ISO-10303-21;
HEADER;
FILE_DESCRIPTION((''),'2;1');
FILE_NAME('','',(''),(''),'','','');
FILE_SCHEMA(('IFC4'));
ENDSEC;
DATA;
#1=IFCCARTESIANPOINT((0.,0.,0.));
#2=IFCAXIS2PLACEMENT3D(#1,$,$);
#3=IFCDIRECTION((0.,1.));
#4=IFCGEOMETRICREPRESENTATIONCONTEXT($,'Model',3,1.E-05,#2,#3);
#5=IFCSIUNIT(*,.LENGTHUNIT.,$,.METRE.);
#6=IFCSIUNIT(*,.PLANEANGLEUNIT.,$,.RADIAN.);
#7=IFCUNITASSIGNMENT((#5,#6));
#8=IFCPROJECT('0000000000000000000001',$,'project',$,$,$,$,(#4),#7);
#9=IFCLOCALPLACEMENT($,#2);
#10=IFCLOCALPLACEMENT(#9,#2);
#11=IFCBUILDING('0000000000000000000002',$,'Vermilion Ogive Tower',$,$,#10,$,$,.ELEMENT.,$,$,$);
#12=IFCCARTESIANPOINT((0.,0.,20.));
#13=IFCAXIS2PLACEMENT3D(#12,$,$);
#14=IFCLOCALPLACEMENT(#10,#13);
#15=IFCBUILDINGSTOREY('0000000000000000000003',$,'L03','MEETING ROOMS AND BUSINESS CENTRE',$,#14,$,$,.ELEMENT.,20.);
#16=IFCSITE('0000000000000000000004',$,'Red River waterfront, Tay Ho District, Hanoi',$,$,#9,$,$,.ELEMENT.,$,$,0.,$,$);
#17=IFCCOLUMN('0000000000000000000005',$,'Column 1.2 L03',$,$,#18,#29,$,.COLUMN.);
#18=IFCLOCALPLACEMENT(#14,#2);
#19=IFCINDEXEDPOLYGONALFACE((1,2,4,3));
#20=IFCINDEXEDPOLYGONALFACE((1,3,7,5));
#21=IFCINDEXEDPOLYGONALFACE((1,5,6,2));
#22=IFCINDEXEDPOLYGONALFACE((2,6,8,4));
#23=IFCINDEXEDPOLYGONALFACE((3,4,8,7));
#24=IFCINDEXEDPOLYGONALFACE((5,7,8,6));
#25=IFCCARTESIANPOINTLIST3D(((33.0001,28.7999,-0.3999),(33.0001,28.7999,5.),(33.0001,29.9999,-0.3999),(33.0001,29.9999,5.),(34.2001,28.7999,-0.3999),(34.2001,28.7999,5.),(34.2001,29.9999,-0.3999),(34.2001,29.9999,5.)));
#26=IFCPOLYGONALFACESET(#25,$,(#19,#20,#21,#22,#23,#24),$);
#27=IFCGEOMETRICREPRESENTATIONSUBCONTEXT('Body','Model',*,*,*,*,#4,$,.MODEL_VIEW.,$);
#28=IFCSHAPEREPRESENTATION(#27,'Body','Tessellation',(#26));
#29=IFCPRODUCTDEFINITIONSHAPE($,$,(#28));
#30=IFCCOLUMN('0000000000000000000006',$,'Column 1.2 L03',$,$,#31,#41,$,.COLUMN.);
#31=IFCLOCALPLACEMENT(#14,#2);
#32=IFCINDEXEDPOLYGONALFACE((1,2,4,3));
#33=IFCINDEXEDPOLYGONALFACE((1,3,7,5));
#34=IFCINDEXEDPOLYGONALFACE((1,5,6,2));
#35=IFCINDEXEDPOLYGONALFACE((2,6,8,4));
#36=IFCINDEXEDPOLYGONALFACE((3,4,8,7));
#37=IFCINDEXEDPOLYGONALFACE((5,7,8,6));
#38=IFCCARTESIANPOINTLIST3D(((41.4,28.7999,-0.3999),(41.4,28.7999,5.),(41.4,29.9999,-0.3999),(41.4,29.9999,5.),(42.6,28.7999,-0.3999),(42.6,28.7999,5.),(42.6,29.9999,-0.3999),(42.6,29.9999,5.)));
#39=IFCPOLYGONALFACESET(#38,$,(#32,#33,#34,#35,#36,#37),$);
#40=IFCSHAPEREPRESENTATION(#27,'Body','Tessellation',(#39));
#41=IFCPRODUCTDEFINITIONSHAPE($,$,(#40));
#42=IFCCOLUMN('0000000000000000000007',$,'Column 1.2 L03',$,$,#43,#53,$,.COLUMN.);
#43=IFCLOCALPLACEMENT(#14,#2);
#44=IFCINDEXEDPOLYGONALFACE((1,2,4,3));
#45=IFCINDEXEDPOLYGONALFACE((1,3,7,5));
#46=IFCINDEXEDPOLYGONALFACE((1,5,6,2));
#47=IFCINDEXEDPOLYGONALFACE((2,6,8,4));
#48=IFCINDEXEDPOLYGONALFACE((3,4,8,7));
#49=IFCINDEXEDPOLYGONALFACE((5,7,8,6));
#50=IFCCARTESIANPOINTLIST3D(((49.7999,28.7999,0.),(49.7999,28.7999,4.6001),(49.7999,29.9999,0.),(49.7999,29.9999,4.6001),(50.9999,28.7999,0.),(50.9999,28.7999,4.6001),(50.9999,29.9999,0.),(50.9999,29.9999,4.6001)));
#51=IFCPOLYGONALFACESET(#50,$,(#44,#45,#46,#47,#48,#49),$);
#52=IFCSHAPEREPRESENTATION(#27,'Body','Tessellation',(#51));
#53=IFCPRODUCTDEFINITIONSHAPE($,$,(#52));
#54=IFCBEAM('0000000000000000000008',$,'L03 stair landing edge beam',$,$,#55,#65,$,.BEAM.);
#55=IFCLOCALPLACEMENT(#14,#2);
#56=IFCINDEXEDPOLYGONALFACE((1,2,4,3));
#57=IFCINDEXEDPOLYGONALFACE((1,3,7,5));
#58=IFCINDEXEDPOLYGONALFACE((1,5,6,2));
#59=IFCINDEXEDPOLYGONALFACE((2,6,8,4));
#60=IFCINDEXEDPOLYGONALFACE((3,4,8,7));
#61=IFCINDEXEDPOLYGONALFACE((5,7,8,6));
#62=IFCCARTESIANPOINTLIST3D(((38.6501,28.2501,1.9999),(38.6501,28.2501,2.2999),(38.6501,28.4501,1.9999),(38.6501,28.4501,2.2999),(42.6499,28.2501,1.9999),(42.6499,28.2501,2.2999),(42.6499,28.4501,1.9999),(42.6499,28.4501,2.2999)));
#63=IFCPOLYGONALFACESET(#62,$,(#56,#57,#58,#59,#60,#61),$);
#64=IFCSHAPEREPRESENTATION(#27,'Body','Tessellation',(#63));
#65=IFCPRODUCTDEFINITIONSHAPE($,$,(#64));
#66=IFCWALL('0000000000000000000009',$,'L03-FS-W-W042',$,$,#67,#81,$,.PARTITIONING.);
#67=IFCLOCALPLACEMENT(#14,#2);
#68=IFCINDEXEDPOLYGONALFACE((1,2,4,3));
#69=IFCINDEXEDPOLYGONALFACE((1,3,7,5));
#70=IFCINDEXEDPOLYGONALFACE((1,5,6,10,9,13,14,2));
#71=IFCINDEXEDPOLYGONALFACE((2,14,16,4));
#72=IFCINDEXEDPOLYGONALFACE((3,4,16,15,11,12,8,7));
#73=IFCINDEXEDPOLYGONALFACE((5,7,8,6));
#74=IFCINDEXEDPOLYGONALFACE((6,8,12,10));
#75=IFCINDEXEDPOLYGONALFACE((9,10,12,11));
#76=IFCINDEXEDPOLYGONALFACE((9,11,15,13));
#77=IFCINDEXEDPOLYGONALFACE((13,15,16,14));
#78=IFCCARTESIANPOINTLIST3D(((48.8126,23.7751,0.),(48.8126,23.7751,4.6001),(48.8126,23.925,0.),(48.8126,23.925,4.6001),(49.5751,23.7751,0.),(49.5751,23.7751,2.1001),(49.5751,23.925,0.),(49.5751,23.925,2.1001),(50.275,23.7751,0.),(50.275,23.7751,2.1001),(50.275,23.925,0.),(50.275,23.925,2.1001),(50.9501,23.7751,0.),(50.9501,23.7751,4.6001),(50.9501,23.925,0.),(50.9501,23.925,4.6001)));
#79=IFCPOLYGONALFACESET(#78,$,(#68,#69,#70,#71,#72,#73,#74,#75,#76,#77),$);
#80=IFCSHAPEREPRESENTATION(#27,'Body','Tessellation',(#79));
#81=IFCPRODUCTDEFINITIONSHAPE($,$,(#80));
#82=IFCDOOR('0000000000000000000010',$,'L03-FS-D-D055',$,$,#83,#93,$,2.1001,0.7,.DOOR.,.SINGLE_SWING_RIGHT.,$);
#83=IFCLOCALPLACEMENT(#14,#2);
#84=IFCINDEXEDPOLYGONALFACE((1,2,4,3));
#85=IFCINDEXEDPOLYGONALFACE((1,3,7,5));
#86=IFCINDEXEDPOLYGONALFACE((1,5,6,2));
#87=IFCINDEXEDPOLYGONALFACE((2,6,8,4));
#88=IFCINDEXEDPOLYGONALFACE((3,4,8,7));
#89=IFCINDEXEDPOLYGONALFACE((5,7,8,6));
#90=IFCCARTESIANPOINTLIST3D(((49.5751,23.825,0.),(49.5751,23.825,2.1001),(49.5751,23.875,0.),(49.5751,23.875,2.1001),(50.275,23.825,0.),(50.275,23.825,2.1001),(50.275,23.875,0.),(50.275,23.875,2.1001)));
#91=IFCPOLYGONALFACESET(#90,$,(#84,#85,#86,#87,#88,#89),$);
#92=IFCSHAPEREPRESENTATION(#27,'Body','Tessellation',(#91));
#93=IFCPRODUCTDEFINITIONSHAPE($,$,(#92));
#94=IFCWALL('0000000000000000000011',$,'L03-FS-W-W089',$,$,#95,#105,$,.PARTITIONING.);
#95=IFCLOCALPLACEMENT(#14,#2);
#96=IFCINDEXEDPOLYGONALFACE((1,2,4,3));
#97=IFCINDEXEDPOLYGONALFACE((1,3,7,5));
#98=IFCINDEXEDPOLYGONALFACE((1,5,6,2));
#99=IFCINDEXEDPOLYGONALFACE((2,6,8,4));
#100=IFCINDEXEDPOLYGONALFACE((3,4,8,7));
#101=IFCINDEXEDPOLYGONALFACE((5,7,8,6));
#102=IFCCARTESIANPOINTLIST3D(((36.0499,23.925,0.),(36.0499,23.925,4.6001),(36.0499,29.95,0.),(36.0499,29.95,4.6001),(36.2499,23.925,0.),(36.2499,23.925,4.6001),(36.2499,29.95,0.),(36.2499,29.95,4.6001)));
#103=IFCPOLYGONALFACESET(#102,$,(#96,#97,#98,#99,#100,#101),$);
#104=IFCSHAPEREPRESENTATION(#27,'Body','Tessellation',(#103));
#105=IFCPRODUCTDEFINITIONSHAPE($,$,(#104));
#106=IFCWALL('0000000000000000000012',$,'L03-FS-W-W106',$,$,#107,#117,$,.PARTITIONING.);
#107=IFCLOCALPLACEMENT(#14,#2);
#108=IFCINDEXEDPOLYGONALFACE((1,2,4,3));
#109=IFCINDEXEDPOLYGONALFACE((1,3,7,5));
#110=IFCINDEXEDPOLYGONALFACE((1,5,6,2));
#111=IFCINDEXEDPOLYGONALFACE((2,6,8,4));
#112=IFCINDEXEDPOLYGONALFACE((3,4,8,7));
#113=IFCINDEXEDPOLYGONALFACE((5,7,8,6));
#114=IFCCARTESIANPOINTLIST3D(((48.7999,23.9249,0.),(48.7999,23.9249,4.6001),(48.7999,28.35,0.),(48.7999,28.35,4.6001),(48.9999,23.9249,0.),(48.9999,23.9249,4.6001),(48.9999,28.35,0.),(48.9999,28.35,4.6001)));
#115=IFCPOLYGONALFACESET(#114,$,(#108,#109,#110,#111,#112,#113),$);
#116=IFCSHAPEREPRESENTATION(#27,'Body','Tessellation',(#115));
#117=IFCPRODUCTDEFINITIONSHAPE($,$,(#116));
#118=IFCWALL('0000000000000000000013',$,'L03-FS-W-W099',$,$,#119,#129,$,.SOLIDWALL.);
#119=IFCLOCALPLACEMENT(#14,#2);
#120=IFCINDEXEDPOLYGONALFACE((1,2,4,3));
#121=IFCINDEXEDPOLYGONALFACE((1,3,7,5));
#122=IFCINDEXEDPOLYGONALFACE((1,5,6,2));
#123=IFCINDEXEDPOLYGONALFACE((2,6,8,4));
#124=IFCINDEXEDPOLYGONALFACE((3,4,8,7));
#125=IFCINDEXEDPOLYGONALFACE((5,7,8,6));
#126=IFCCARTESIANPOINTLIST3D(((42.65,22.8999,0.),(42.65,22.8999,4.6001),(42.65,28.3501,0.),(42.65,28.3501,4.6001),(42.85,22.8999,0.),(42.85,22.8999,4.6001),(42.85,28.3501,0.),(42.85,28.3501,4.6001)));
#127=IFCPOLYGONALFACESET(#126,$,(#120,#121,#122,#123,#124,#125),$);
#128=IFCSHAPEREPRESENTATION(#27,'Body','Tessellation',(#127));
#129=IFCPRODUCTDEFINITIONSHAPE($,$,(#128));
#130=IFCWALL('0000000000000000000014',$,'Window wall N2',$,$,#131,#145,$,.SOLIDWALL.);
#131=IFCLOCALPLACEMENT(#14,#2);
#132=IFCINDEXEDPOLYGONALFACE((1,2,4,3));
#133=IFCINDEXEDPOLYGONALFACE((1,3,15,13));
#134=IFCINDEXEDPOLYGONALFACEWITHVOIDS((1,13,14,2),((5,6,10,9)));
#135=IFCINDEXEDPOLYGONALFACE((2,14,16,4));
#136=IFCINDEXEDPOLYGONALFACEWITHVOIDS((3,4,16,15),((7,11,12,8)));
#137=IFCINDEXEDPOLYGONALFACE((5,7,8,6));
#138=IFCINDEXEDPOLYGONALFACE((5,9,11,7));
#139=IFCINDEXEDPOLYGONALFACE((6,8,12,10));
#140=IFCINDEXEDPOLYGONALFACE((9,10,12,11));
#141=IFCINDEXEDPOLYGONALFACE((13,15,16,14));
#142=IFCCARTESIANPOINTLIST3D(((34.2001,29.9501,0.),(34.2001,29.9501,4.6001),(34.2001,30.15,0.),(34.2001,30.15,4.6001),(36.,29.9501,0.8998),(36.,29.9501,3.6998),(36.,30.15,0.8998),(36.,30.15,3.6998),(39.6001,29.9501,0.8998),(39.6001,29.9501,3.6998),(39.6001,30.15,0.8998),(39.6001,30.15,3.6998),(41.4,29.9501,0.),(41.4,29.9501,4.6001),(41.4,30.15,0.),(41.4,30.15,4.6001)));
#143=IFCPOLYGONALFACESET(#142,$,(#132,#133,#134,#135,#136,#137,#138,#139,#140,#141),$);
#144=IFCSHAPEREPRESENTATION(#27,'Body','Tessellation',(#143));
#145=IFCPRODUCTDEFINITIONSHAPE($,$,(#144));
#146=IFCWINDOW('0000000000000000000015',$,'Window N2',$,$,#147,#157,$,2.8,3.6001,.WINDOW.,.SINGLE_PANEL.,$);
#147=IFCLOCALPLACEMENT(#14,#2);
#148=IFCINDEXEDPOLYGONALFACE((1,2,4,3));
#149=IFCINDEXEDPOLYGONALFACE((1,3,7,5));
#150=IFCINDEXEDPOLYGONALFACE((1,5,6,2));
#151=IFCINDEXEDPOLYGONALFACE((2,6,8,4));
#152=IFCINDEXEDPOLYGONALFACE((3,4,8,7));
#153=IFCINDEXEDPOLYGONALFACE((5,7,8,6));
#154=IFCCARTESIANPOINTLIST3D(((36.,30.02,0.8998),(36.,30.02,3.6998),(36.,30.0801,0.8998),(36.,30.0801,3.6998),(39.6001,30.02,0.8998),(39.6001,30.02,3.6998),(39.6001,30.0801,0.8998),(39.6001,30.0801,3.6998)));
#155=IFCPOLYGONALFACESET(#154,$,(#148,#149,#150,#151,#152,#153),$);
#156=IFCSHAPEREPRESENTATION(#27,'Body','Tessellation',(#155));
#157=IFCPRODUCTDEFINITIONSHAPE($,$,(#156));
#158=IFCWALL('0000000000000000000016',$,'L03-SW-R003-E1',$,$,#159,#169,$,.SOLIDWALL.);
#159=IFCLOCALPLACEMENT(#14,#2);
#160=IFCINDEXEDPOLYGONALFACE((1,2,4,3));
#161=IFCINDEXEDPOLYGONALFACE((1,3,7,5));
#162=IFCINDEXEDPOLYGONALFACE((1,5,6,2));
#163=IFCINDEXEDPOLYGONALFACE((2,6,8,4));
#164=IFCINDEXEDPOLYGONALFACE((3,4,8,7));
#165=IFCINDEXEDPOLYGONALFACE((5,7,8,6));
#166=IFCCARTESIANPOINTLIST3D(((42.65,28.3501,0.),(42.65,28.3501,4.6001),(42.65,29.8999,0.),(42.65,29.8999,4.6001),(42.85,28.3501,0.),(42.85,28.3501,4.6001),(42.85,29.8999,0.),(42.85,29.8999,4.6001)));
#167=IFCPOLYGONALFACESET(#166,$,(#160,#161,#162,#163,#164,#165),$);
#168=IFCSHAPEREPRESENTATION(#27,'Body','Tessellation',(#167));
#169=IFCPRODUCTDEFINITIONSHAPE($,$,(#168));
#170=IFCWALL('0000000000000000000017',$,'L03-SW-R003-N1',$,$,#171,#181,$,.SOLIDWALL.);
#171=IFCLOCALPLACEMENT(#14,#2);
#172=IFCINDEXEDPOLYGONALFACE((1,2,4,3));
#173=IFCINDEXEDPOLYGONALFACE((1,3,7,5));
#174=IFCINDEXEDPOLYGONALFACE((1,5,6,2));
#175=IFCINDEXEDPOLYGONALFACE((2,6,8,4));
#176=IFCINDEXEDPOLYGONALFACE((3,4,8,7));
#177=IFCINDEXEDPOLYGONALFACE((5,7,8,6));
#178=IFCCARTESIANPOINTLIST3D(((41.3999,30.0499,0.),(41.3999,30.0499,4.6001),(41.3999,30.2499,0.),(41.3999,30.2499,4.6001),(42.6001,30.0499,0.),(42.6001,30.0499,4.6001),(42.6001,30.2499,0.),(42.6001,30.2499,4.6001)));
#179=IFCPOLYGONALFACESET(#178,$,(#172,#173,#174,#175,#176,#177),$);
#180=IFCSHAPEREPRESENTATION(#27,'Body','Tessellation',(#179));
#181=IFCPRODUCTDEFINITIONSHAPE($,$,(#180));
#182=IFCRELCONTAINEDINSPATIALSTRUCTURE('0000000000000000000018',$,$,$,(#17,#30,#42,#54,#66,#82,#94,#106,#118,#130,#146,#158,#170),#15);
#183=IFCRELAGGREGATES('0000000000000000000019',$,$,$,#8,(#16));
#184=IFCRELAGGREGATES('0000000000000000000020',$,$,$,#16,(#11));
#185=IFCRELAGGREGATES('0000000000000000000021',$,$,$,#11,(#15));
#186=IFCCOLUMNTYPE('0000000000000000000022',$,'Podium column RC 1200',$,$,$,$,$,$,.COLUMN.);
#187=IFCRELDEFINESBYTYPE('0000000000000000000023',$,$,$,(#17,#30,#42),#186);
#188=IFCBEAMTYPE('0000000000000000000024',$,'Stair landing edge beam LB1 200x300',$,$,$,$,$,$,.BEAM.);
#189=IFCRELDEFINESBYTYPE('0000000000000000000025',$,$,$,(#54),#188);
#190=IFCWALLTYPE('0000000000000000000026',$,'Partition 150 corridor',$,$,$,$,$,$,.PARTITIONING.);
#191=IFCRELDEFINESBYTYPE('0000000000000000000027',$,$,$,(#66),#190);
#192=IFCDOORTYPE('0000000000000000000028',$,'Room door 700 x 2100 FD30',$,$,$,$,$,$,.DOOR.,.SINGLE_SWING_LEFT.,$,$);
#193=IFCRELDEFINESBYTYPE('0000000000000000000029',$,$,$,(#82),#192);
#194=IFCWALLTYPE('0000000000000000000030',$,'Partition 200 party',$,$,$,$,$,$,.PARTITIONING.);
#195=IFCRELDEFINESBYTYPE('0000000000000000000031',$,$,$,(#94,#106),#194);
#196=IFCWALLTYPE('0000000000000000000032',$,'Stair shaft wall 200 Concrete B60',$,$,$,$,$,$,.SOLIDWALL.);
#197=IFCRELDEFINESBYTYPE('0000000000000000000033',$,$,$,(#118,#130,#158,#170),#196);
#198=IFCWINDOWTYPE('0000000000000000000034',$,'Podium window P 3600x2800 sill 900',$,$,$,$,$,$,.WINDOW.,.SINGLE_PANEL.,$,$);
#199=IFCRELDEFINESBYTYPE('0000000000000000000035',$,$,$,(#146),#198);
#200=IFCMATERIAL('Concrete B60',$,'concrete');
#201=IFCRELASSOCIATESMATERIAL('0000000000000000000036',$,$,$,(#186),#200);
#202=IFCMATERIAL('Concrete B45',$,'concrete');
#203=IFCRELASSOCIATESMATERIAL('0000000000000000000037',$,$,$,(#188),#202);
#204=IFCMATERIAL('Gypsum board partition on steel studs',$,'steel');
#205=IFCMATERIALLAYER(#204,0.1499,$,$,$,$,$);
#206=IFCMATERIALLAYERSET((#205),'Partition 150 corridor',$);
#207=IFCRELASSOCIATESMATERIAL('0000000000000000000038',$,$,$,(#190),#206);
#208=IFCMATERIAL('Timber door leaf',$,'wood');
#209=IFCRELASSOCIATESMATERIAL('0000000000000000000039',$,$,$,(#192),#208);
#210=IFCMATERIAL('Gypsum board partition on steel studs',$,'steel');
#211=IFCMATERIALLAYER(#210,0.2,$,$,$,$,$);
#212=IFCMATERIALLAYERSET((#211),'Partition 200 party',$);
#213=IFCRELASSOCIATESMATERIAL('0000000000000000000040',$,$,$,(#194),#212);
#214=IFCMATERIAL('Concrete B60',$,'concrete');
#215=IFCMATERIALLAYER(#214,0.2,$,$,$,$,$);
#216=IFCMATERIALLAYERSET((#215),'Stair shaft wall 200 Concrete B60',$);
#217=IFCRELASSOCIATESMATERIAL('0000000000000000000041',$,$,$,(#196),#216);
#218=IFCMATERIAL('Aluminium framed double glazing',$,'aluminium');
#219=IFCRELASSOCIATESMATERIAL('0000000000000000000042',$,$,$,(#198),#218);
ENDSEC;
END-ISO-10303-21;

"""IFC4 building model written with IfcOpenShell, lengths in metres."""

from ifc_helpers import new_model, si_unit, direction, frame, frame_2d, origin, origin_2d, place, context, subcontext, project, spatial, rectangle, extrude, material, layer, layer_set, material_profile, profile_set, type_object, element, fill, save


model = new_model("IFC4")

# Units and contexts
model_context = context("Model", 3, precision=1e-05, world=origin(), true_north=direction((0.0, 1.0)))
body_context = subcontext(model_context, "Body", "Model", "MODEL_VIEW")
ifc_project = project(units=[si_unit("LENGTHUNIT", "METRE"), si_unit("PLANEANGLEUNIT", "RADIAN")], contexts=[model_context])

# Site, building, storey
site_placement = place(None, origin())
site = spatial("IfcSite", under=ifc_project, at=site_placement, Name="Red River waterfront, Tay Ho District, Hanoi", CompositionType="ELEMENT", RefElevation=0.0)
building_placement = place(site_placement, origin())
building = spatial("IfcBuilding", under=site, at=building_placement, Name="Vermilion Ogive Tower", CompositionType="ELEMENT")
storey_placement = place(building_placement, frame((0.0, 0.0, 20.0)))
storey = spatial("IfcBuildingStorey", under=building, at=storey_placement, Name="L03", Description="MEETING ROOMS AND BUSINESS CENTRE", CompositionType="ELEMENT", Elevation=20.0)

# Columns
ifc_material_1 = material(Name="Concrete B60", Category="concrete")
ifc_material_profile_1 = material_profile(ifc_material_1, rectangle(XDim=1.2, YDim=1.2, at=origin_2d()), Name="RC 1200x1200")
ifc_profile_set_1 = profile_set([ifc_material_profile_1], Name="Concrete B60")
column_type = type_object("IfcColumnType", Name="Podium column RC 1200", PredefinedType="COLUMN", material=ifc_profile_set_1)
for number, where, z_axis, x_axis, name in (
    (1, (33.6001, 29.3999, -0.3999), (0.0, 0.0, 1.0), (1.0, 0.0, 0.0), "Column 1.2 L03"),
    (2, (42.0, 29.3999, -0.3999), (0.0, 0.0, 1.0), (1.0, 0.0, 0.0), "Column 1.2 L03"),
):
    element("IfcColumn", number, at=place(storey_placement, frame(where, z_axis=z_axis, x_axis=x_axis)), inside=storey, type_object=column_type, Name=name, PredefinedType="COLUMN", context=body_context, shape_type="SweptSolid", body=[
        extrude(rectangle(XDim=1.2, YDim=1.2, at=origin_2d()), origin(), (0.0, 0.0, 1.0), 5.3999),
    ])
column_placement = place(storey_placement, frame((50.3999, 29.3999, 0.0), z_axis=(0.0, 0.0, 1.0), x_axis=(1.0, 0.0, 0.0)))
element("IfcColumn", 3, at=column_placement, inside=storey, type_object=column_type, Name="Column 1.2 L03", PredefinedType="COLUMN", context=body_context, shape_type="SweptSolid", body=[
    extrude(rectangle(XDim=1.2, YDim=1.2, at=origin_2d()), origin(), (0.0, 0.0, 1.0), 4.6001),
])

# Beam
ifc_material_2 = material(Name="Concrete B45", Category="concrete")
ifc_material_profile_2 = material_profile(ifc_material_2, rectangle(XDim=0.2, YDim=0.3, at=origin_2d()), Name="RC 200x300")
ifc_profile_set_2 = profile_set([ifc_material_profile_2], Name="Concrete B45")
beam_type = type_object("IfcBeamType", Name="Stair landing edge beam LB1 200x300", PredefinedType="BEAM", material=ifc_profile_set_2)
beam_placement = place(storey_placement, frame((38.6501, 28.3501, 2.1499), z_axis=(1.0, 0.0, 0.0), x_axis=(0.0, 1.0, 0.0)))
element("IfcBeam", 4, at=beam_placement, inside=storey, type_object=beam_type, Name="L03 stair landing edge beam", PredefinedType="BEAM", context=body_context, shape_type="SweptSolid", body=[
    extrude(rectangle(XDim=0.2, YDim=0.3, at=origin_2d()), origin(), (0.0, 0.0, 1.0), 3.9998),
])

# Wall, opening, door
ifc_material_3 = material(Name="Gypsum board partition on steel studs", Category="steel")
ifc_layer_1 = layer(ifc_material_3, 0.1499)
ifc_layer_set_1 = layer_set([ifc_layer_1], Name="Partition 150 corridor")
wall_type_1 = type_object("IfcWallType", Name="Partition 150 corridor", PredefinedType="PARTITIONING", material=ifc_layer_set_1)
wall_1_placement = place(storey_placement, frame((48.8125, 23.8501, 0.0), z_axis=(0.0, 0.0, 1.0), x_axis=(1.0, 0.0, 0.0)))
wall_1 = element("IfcWall", 5, at=wall_1_placement, inside=storey, type_object=wall_type_1, Name="L03-FS-W-W042", PredefinedType="PARTITIONING", context=body_context, shape_type="SweptSolid", body=[
    extrude(rectangle(XDim=2.1375, YDim=0.1499, at=frame_2d((1.0688, 0.0))), origin(), (0.0, 0.0, 1.0), 4.6001),
])
opening_1_placement = place(wall_1_placement, frame((0.7625, 0.0, 0.0)))
opening_1 = element("IfcOpeningElement", 6, at=opening_1_placement, cuts=wall_1, PredefinedType="OPENING", context=body_context, shape_type="SweptSolid", body=[
    extrude(rectangle(XDim=0.7, YDim=2.1001, at=frame_2d((0.3501, 1.05))), frame((0.0, 0.085, 0.0), z_axis=(0.0, -1.0, 0.0), x_axis=(1.0, 0.0, 0.0)), (0.0, 0.0, 1.0), 0.1699),
])
ifc_material_4 = material(Name="Timber door leaf", Category="wood")
door_type = type_object("IfcDoorType", Name="Room door 700 x 2100 FD30", OperationType="SINGLE_SWING_LEFT", PredefinedType="DOOR", material=ifc_material_4)
door_placement = place(opening_1_placement, origin())
door = element("IfcDoor", 7, at=door_placement, inside=storey, type_object=door_type, Name="L03-FS-D-D055", OperationType="SINGLE_SWING_RIGHT", OverallHeight=2.1001, OverallWidth=0.7, PredefinedType="DOOR", context=body_context, shape_type="SweptSolid", body=[
    extrude(rectangle(XDim=0.7, YDim=2.1001, at=frame_2d((0.3501, 1.05))), frame((0.0, 0.0249, 0.0), z_axis=(0.0, -1.0, 0.0), x_axis=(1.0, 0.0, 0.0)), (0.0, 0.0, 1.0), 0.05),
])
fill(opening_1, door)

# Walls
ifc_material_5 = material(Name="Gypsum board partition on steel studs", Category="steel")
ifc_layer_2 = layer(ifc_material_5, 0.2)
ifc_layer_set_2 = layer_set([ifc_layer_2], Name="Partition 200 party")
wall_type_2 = type_object("IfcWallType", Name="Partition 200 party", PredefinedType="PARTITIONING", material=ifc_layer_set_2)
wall_2_placement = place(storey_placement, frame((36.1499, 23.925, 0.0), z_axis=(0.0, 0.0, 1.0), x_axis=(0.0, 1.0, 0.0)))
element("IfcWall", 8, at=wall_2_placement, inside=storey, type_object=wall_type_2, Name="L03-FS-W-W089", PredefinedType="PARTITIONING", context=body_context, shape_type="SweptSolid", body=[
    extrude(rectangle(XDim=6.0249, YDim=0.2, at=frame_2d((3.0125, 0.0))), origin(), (0.0, 0.0, 1.0), 4.6001),
])
wall_3_placement = place(storey_placement, frame((48.8999, 23.925, 0.0), z_axis=(0.0, 0.0, 1.0), x_axis=(0.0, 1.0, 0.0)))
element("IfcWall", 9, at=wall_3_placement, inside=storey, type_object=wall_type_2, Name="L03-FS-W-W106", PredefinedType="PARTITIONING", context=body_context, shape_type="SweptSolid", body=[
    extrude(rectangle(XDim=4.425, YDim=0.2, at=frame_2d((2.2124, 0.0))), origin(), (0.0, 0.0, 1.0), 4.6001),
])
ifc_material_6 = material(Name="Concrete B60", Category="concrete")
ifc_layer_3 = layer(ifc_material_6, 0.2)
ifc_layer_set_3 = layer_set([ifc_layer_3], Name="Stair shaft wall 200 Concrete B60")
wall_type_3 = type_object("IfcWallType", Name="Stair shaft wall 200 Concrete B60", PredefinedType="SOLIDWALL", material=ifc_layer_set_3)
wall_4_placement = place(storey_placement, frame((42.75, 22.8999, 0.0), z_axis=(0.0, 0.0, 1.0), x_axis=(0.0, 1.0, 0.0)))
element("IfcWall", 10, at=wall_4_placement, inside=storey, type_object=wall_type_3, Name="L03-FS-W-W099", PredefinedType="SOLIDWALL", context=body_context, shape_type="SweptSolid", body=[
    extrude(rectangle(XDim=5.4502, YDim=0.2, at=frame_2d((2.7251, 0.0))), origin(), (0.0, 0.0, 1.0), 4.6001),
])

# Wall, opening, window
wall_5_placement = place(storey_placement, frame((34.2, 30.05, 0.0), z_axis=(0.0, 0.0, 1.0), x_axis=(1.0, 0.0, 0.0)))
wall_5 = element("IfcWall", 11, at=wall_5_placement, inside=storey, type_object=wall_type_3, Name="Window wall N2", PredefinedType="SOLIDWALL", context=body_context, shape_type="SweptSolid", body=[
    extrude(rectangle(XDim=7.2, YDim=0.2, at=frame_2d((3.6001, 0.0))), origin(), (0.0, 0.0, 1.0), 4.6001),
])
opening_2_placement = place(wall_5_placement, frame((1.8, 0.0, 0.8999)))
opening_2 = element("IfcOpeningElement", 12, at=opening_2_placement, cuts=wall_5, PredefinedType="OPENING", context=body_context, shape_type="SweptSolid", body=[
    extrude(rectangle(XDim=3.6001, YDim=2.8, at=frame_2d((1.8, 1.3999))), frame((0.0, 0.1099, 0.0), z_axis=(0.0, -1.0, 0.0), x_axis=(1.0, 0.0, 0.0)), (0.0, 0.0, 1.0), 0.22),
])
ifc_material_7 = material(Name="Aluminium framed double glazing", Category="aluminium")
window_type = type_object("IfcWindowType", Name="Podium window P 3600x2800 sill 900", PartitioningType="SINGLE_PANEL", PredefinedType="WINDOW", material=ifc_material_7)
window_1_placement = place(opening_2_placement, origin())
window_1 = element("IfcWindow", 13, at=window_1_placement, inside=storey, type_object=window_type, Name="Window N2", OverallHeight=2.8, OverallWidth=3.6001, PartitioningType="SINGLE_PANEL", PredefinedType="WINDOW", context=body_context, shape_type="SweptSolid", body=[
    extrude(rectangle(XDim=3.6001, YDim=2.8, at=frame_2d((1.8, 1.3999))), frame((0.0, 0.03, 0.0), z_axis=(0.0, -1.0, 0.0), x_axis=(1.0, 0.0, 0.0)), (0.0, 0.0, 1.0), 0.0601),
])
fill(opening_2, window_1)

# Walls
wall_6_placement = place(storey_placement, frame((42.75, 28.3501, 0.0), z_axis=(0.0, 0.0, 1.0), x_axis=(0.0, 1.0, 0.0)))
element("IfcWall", 14, at=wall_6_placement, inside=storey, type_object=wall_type_3, Name="L03-SW-R003-E1", PredefinedType="SOLIDWALL", context=body_context, shape_type="SweptSolid", body=[
    extrude(rectangle(XDim=1.5498, YDim=0.2, at=frame_2d((0.7749, 0.0))), origin(), (0.0, 0.0, 1.0), 4.6001),
])
wall_7_placement = place(storey_placement, frame((41.3999, 30.1499, 0.0), z_axis=(0.0, 0.0, 1.0), x_axis=(1.0, 0.0, 0.0)))
element("IfcWall", 15, at=wall_7_placement, inside=storey, type_object=wall_type_3, Name="L03-SW-R003-N1", PredefinedType="SOLIDWALL", context=body_context, shape_type="SweptSolid", body=[
    extrude(rectangle(XDim=1.2002, YDim=0.2, at=frame_2d((0.6001, 0.0))), origin(), (0.0, 0.0, 1.0), 4.6001),
])

save(model, "model.ifc")
